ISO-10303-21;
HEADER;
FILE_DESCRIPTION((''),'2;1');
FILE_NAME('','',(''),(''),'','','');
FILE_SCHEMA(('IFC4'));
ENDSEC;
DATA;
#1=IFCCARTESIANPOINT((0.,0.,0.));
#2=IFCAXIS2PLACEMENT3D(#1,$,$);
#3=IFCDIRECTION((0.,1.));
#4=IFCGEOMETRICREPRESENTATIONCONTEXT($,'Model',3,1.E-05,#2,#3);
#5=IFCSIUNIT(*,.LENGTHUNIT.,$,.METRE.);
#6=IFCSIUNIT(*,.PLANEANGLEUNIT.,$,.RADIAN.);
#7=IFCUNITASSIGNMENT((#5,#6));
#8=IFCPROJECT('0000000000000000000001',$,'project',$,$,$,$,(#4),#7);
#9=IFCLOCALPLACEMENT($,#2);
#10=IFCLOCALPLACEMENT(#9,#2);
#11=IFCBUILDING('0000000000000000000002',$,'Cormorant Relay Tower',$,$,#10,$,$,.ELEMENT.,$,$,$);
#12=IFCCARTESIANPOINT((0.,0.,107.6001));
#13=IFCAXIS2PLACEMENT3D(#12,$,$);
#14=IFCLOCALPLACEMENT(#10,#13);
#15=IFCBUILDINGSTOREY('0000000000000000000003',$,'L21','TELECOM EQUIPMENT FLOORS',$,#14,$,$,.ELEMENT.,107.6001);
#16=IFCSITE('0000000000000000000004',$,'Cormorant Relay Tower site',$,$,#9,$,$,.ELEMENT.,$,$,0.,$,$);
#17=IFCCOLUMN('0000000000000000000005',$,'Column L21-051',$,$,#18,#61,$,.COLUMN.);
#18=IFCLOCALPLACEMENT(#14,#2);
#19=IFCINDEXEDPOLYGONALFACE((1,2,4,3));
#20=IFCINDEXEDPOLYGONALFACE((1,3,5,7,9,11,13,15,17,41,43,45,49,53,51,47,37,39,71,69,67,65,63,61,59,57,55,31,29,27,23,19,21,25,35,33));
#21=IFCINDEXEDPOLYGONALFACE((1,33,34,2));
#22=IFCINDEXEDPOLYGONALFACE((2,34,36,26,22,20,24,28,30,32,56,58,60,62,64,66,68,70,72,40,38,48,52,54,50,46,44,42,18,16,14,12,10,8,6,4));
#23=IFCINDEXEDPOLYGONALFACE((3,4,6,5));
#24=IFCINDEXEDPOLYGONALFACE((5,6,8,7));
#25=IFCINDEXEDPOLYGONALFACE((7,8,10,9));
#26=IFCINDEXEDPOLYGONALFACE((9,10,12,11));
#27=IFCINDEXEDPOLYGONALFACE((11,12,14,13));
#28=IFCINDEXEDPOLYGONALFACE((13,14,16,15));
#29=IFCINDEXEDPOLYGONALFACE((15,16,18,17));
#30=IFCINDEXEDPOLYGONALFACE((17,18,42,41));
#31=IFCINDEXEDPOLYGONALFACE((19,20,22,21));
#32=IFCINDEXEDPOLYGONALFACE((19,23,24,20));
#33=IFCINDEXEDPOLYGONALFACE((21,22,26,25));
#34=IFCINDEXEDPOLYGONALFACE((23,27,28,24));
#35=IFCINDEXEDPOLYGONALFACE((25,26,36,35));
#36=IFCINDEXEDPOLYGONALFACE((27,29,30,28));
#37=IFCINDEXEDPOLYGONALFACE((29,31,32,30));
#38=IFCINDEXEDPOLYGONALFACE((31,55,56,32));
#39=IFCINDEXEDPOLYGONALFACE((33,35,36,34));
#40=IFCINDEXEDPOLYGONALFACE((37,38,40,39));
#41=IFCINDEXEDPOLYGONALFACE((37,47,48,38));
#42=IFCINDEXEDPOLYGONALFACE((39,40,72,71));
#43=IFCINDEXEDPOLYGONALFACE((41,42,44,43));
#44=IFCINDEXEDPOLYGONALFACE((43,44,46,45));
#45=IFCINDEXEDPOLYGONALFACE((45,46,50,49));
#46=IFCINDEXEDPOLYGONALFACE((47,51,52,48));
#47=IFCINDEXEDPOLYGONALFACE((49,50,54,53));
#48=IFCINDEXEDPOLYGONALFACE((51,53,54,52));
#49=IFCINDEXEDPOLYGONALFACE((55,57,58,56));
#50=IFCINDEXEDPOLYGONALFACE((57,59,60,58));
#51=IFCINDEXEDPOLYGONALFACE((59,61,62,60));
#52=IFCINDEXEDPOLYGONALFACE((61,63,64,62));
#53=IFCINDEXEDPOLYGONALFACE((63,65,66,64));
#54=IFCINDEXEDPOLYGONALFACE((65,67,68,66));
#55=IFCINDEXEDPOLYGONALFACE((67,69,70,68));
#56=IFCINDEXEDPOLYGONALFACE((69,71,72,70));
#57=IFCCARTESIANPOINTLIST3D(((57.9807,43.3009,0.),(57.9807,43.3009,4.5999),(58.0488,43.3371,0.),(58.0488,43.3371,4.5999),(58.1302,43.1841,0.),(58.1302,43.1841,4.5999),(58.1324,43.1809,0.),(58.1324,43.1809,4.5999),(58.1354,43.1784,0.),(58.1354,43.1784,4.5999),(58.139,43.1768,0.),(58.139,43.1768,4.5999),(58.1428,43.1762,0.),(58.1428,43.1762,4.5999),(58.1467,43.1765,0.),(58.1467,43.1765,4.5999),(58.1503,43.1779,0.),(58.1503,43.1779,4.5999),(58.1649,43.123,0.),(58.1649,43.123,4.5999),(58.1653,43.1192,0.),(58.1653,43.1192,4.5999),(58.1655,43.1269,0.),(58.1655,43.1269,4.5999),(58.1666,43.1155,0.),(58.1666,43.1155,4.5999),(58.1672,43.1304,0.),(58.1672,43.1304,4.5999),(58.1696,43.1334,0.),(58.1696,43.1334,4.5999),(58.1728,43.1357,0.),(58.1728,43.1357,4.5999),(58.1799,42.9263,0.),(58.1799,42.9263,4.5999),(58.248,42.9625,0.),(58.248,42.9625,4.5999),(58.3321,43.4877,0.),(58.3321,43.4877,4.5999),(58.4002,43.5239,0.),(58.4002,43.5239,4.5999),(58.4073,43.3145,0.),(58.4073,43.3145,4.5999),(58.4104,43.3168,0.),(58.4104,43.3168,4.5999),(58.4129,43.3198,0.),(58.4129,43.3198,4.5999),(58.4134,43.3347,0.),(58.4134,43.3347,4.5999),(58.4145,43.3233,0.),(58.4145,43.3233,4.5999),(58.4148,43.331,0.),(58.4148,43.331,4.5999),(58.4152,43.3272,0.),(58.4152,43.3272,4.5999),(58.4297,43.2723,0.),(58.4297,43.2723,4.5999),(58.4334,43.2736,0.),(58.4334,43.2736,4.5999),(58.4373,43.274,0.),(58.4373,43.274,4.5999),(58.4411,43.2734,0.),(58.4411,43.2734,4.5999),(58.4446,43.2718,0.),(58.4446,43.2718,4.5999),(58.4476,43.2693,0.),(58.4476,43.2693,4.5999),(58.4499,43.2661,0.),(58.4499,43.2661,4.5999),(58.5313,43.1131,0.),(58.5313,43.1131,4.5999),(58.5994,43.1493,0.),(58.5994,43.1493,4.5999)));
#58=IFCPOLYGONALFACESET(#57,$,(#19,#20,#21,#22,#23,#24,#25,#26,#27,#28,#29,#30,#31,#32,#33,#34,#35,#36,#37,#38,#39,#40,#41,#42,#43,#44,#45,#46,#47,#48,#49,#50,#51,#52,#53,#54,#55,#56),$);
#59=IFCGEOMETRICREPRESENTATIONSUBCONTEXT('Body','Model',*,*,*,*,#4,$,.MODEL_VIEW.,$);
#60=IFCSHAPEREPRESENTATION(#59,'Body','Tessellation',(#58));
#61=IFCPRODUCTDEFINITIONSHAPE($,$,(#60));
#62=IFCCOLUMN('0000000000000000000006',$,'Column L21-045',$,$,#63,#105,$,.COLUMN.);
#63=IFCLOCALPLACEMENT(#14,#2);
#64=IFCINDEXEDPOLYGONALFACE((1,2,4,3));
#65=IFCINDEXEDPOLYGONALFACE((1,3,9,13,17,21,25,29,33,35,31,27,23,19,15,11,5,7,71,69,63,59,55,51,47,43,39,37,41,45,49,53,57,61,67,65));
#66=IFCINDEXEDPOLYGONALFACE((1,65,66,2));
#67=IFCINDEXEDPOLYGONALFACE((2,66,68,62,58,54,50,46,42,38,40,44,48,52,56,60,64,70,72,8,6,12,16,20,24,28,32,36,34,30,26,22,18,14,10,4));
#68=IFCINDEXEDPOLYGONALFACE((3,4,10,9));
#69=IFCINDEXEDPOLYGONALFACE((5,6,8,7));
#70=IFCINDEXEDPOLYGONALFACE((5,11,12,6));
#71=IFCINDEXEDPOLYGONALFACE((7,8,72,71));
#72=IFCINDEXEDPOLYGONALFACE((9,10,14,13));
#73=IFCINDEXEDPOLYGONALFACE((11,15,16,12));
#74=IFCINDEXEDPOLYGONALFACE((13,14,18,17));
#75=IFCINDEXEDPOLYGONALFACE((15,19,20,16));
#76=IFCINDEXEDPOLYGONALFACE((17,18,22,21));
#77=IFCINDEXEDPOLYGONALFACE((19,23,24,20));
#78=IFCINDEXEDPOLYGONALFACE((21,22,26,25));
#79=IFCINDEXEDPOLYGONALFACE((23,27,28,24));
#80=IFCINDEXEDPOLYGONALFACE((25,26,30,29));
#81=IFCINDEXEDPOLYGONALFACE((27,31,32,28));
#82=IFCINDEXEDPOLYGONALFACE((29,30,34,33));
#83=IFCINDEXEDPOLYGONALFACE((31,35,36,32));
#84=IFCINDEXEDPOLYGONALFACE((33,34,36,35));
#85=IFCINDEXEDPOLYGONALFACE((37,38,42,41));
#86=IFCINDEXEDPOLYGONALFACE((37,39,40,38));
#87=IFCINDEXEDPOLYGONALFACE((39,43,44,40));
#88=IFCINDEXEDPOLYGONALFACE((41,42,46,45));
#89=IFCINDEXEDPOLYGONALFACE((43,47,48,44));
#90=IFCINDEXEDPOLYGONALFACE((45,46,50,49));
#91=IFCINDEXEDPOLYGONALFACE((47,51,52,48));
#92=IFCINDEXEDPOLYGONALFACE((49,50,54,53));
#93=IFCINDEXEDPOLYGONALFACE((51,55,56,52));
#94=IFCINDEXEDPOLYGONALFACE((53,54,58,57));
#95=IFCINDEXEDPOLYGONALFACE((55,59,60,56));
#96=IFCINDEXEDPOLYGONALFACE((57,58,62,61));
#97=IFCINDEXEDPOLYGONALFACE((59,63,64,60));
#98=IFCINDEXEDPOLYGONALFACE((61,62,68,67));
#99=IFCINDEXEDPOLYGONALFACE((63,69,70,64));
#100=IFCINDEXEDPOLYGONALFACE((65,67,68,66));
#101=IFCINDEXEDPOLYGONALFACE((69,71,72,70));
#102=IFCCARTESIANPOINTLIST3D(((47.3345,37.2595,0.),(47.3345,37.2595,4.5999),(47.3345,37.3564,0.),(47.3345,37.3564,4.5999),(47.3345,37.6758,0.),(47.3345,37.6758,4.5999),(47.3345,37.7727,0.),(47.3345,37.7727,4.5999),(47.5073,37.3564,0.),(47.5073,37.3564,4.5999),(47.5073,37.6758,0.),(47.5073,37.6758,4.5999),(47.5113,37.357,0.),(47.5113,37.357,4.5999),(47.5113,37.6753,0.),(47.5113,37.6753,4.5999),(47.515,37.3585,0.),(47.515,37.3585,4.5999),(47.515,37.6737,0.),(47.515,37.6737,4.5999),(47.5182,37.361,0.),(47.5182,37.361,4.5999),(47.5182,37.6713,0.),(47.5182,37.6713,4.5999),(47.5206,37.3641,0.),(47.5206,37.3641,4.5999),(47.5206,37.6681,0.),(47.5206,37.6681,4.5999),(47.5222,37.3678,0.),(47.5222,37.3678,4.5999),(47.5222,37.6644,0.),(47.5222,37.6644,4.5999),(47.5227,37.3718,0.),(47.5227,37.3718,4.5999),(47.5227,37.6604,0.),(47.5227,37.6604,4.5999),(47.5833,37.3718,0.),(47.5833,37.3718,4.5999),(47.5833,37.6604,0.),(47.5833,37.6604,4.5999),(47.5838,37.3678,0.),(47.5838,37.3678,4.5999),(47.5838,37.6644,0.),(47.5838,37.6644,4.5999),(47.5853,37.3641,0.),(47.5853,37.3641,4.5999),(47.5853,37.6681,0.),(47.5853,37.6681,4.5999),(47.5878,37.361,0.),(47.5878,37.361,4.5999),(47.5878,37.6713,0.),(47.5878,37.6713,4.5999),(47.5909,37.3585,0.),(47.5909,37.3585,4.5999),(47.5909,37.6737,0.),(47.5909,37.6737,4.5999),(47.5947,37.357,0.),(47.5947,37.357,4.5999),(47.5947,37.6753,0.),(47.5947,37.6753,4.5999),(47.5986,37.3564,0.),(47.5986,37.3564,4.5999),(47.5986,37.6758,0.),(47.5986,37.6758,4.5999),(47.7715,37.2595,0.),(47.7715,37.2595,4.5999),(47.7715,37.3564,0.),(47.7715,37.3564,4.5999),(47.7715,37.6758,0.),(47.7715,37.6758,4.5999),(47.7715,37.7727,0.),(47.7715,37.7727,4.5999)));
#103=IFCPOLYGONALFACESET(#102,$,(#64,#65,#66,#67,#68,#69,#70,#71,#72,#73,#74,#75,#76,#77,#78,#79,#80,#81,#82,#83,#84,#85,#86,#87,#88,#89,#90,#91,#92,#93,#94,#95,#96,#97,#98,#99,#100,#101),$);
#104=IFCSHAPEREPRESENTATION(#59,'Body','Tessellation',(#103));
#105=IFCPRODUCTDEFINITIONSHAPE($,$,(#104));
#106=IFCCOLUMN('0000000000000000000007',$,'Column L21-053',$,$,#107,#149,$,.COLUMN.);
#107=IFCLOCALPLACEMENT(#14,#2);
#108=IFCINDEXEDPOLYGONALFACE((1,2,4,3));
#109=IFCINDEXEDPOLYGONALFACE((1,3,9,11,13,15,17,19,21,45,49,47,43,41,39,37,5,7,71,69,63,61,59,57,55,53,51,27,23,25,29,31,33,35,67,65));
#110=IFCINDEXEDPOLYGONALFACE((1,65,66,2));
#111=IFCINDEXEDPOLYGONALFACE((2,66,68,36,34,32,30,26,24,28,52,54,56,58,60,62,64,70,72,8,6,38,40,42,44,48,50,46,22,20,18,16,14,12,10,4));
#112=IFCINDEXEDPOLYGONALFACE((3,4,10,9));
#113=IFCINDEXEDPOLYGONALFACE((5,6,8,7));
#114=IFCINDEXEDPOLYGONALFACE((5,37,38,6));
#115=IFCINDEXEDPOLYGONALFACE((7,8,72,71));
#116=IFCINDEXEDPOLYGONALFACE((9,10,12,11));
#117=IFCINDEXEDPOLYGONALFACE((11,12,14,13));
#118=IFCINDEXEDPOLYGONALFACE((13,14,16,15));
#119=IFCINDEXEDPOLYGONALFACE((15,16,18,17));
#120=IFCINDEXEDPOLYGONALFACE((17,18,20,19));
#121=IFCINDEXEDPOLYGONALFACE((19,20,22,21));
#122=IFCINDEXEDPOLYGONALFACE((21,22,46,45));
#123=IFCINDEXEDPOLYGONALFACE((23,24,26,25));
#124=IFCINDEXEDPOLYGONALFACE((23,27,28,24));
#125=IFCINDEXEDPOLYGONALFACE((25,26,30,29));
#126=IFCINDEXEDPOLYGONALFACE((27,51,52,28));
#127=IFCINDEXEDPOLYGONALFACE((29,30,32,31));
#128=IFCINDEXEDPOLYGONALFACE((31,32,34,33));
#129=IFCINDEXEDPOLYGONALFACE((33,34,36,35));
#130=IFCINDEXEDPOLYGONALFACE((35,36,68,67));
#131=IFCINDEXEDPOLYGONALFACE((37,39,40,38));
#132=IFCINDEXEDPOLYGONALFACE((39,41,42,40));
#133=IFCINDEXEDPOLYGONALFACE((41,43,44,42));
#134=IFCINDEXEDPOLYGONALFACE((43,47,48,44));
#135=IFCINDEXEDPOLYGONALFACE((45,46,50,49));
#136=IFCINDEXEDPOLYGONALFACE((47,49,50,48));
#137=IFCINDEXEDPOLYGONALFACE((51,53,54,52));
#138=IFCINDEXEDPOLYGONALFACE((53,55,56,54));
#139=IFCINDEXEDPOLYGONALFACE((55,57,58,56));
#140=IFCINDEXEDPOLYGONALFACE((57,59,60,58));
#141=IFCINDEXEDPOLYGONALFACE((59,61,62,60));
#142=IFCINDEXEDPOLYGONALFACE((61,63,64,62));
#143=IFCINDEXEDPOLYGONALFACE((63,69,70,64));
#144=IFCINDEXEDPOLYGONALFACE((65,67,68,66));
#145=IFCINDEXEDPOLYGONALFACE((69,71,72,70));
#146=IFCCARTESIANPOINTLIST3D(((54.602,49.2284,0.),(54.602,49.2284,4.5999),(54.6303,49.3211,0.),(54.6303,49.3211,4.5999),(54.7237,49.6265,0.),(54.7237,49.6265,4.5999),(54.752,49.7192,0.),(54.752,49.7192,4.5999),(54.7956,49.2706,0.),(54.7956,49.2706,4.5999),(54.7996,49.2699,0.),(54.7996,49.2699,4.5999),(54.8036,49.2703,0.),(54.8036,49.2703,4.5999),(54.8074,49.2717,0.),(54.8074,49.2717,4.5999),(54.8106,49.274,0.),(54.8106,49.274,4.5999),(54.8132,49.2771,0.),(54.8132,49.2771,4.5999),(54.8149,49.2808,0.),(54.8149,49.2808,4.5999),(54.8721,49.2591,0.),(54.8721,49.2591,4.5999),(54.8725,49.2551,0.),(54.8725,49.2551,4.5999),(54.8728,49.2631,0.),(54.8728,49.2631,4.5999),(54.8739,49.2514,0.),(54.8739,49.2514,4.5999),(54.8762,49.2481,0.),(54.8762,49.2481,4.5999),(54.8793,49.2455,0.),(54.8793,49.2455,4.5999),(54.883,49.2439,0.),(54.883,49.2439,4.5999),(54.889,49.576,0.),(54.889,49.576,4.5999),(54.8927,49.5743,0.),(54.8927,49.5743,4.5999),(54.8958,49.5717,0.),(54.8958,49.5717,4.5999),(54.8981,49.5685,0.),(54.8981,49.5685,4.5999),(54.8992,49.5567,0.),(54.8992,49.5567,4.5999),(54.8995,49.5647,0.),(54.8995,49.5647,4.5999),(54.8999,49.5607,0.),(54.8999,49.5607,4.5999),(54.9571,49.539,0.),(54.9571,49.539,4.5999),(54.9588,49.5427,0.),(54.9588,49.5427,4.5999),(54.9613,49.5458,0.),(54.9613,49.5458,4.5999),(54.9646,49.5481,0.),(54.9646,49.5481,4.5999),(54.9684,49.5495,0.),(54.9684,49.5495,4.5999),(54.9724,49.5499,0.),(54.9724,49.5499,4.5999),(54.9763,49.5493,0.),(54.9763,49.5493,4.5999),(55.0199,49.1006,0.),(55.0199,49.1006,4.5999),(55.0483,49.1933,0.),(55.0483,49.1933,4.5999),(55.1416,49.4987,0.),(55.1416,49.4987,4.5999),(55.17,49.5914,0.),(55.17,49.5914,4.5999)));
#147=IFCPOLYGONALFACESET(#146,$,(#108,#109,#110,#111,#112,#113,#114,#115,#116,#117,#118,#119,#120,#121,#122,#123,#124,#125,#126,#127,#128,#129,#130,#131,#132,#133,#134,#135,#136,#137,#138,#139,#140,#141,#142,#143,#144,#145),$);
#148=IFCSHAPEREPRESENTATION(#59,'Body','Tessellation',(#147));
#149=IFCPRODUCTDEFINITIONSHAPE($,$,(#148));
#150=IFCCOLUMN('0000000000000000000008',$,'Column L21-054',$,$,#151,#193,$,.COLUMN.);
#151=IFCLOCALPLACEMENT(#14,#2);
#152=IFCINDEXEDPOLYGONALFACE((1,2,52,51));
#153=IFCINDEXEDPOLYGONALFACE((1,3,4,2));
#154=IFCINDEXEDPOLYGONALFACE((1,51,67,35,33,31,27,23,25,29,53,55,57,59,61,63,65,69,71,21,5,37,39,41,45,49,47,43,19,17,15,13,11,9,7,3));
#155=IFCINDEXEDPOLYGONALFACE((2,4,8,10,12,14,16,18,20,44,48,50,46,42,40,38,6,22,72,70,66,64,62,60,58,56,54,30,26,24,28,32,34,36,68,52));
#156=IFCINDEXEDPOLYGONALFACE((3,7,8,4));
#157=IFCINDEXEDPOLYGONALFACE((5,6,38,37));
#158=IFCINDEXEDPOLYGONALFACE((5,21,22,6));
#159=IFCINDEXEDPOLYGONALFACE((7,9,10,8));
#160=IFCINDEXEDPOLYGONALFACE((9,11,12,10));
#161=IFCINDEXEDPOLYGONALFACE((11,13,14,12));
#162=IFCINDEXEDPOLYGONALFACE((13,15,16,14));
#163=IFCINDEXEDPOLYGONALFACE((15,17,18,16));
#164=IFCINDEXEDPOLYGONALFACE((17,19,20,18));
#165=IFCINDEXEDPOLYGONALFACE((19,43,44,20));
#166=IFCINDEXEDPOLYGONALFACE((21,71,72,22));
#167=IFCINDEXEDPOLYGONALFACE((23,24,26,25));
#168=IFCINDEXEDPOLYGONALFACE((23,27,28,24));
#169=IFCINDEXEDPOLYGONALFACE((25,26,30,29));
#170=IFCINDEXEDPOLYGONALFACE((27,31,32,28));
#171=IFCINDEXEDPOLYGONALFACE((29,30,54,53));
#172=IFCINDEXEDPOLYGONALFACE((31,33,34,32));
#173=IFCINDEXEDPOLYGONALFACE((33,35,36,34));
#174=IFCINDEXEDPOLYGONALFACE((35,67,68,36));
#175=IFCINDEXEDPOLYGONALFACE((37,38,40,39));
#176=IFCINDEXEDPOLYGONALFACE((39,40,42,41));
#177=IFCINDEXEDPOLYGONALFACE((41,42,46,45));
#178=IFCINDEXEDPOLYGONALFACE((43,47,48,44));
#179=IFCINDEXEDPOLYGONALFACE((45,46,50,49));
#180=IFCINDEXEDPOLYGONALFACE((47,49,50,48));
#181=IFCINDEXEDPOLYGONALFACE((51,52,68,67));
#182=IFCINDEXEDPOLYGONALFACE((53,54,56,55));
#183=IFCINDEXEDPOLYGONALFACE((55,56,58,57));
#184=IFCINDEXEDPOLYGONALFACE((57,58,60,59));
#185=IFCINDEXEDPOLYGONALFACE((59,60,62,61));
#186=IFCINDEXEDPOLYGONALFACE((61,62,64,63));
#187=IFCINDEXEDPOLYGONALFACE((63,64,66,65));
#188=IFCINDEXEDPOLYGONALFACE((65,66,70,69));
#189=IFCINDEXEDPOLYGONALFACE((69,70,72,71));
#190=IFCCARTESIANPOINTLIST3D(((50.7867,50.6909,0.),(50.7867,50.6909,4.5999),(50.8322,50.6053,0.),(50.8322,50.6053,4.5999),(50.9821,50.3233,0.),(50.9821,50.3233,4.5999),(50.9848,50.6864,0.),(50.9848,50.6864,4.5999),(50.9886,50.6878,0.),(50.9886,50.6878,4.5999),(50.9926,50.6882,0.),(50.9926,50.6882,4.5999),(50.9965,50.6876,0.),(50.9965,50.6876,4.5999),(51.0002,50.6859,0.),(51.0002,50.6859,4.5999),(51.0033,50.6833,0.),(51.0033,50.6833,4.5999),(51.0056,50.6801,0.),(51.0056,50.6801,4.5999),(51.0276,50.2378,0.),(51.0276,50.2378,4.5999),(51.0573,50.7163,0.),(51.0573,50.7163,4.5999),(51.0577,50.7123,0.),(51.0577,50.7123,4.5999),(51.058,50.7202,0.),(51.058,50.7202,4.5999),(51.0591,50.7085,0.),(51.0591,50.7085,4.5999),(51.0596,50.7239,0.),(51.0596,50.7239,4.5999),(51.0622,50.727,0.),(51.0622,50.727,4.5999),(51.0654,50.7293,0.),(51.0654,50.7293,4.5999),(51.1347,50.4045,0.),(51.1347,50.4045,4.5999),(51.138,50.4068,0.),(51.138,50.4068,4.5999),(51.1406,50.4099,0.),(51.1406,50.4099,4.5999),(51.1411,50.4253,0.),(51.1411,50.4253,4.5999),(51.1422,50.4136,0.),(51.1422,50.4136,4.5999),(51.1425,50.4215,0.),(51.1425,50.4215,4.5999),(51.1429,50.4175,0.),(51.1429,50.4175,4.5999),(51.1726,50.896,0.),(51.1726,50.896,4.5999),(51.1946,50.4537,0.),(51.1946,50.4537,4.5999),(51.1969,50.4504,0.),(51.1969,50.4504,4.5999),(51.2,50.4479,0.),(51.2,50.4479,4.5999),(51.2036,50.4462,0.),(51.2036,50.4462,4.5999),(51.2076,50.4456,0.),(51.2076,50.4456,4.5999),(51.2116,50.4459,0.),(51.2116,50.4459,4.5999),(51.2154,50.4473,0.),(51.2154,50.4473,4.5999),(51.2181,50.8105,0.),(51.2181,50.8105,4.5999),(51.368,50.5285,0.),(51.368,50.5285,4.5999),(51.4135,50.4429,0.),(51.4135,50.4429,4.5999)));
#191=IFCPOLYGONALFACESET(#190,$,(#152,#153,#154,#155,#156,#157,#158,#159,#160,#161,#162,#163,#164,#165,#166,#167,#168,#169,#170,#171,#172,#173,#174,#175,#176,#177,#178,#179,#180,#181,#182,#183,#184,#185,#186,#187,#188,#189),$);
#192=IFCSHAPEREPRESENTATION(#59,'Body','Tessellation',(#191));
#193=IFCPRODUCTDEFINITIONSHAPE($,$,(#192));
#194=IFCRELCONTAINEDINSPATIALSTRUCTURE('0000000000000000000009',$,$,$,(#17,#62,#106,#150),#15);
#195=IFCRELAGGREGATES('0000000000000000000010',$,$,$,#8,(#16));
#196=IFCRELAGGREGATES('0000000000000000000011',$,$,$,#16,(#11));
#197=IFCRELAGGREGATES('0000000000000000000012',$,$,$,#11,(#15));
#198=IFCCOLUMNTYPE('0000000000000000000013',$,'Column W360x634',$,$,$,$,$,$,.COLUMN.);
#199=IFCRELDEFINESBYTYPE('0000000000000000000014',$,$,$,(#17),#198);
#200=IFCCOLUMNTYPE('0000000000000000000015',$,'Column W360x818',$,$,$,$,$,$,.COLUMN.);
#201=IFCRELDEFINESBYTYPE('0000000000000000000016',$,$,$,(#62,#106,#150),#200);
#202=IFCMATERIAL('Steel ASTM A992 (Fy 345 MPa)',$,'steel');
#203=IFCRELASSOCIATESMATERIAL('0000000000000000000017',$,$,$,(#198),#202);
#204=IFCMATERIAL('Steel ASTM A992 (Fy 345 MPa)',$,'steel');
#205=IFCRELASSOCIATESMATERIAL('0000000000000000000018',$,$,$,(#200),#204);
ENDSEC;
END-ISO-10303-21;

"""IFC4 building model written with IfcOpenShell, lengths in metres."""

from ifc_helpers import new_model, si_unit, direction, frame, origin, origin_2d, place, context, subcontext, project, spatial, i_section, extrude, material, material_profile, profile_set, type_object, element, save


model = new_model("IFC4")

# Units and contexts
model_context = context("Model", 3, precision=1e-05, world=origin(), true_north=direction((0.0, 1.0)))
body_context = subcontext(model_context, "Body", "Model", "MODEL_VIEW")
ifc_project = project(units=[si_unit("LENGTHUNIT", "METRE"), si_unit("PLANEANGLEUNIT", "RADIAN")], contexts=[model_context])

# Site, building, storey
site_placement = place(None, origin())
site = spatial("IfcSite", under=ifc_project, at=site_placement, Name="Cormorant Relay Tower site", CompositionType="ELEMENT", RefElevation=0.0)
building_placement = place(site_placement, origin())
building = spatial("IfcBuilding", under=site, at=building_placement, Name="Cormorant Relay Tower", CompositionType="ELEMENT")
storey_placement = place(building_placement, frame((0.0, 0.0, 107.6001)))
storey = spatial("IfcBuildingStorey", under=building, at=storey_placement, Name="L21", Description="TELECOM EQUIPMENT FLOORS", CompositionType="ELEMENT", Elevation=107.6001)

# Columns
ifc_material_1 = material(Name="Steel ASTM A992 (Fy 345 MPa)", Category="steel")
ifc_material_profile_1 = material_profile(ifc_material_1, i_section(OverallWidth=0.4243, OverallDepth=0.4751, WebThickness=0.0479, FlangeThickness=0.0771, FilletRadius=0.0149, at=origin_2d()), Name="W360x634")
ifc_profile_set_1 = profile_set([ifc_material_profile_1], Name="Steel ASTM A992 (Fy 345 MPa)")
column_type_1 = type_object("IfcColumnType", Name="Column W360x634", PredefinedType="COLUMN", material=ifc_profile_set_1)
column_placement = place(storey_placement, frame((58.29, 43.2251, 0.0), z_axis=(0.0, 0.0, 1.0), x_axis=(-0.469472, 0.882948, 0.0)))
element("IfcColumn", 1, at=column_placement, inside=storey, type_object=column_type_1, Name="Column L21-051", PredefinedType="COLUMN", context=body_context, shape_type="SweptSolid", body=[
    extrude(i_section(OverallWidth=0.4243, OverallDepth=0.4751, WebThickness=0.0479, FlangeThickness=0.0771, FilletRadius=0.0149, at=origin_2d()), origin(), (0.0, 0.0, 1.0), 4.5999),
])
ifc_material_2 = material(Name="Steel ASTM A992 (Fy 345 MPa)", Category="steel")
ifc_material_profile_2 = material_profile(ifc_material_2, i_section(OverallWidth=0.437, OverallDepth=0.5132, WebThickness=0.0605, FlangeThickness=0.0969, FilletRadius=0.0154, at=origin_2d()), Name="W360x818")
ifc_profile_set_2 = profile_set([ifc_material_profile_2], Name="Steel ASTM A992 (Fy 345 MPa)")
column_type_2 = type_object("IfcColumnType", Name="Column W360x818", PredefinedType="COLUMN", material=ifc_profile_set_2)
for number, where, z_axis, x_axis, name in (
    (2, (47.553, 37.5161, 0.0), (0.0, 0.0, 1.0), (1.0, 0.0, 0.0), "Column L21-045"),
    (3, (54.886, 49.4099, 0.0), (0.0, 0.0, 1.0), (-0.956305, 0.292372, 0.0), "Column L21-053"),
    (4, (51.1001, 50.5669, 0.0), (0.0, 0.0, 1.0), (-0.882948, -0.469472, 0.0), "Column L21-054"),
):
    element("IfcColumn", number, at=place(storey_placement, frame(where, z_axis=z_axis, x_axis=x_axis)), inside=storey, type_object=column_type_2, Name=name, PredefinedType="COLUMN", context=body_context, shape_type="SweptSolid", body=[
        extrude(i_section(OverallWidth=0.437, OverallDepth=0.5132, WebThickness=0.0605, FlangeThickness=0.0969, FilletRadius=0.0154, at=origin_2d()), origin(), (0.0, 0.0, 1.0), 4.5999),
    ])

save(model, "model.ifc")
